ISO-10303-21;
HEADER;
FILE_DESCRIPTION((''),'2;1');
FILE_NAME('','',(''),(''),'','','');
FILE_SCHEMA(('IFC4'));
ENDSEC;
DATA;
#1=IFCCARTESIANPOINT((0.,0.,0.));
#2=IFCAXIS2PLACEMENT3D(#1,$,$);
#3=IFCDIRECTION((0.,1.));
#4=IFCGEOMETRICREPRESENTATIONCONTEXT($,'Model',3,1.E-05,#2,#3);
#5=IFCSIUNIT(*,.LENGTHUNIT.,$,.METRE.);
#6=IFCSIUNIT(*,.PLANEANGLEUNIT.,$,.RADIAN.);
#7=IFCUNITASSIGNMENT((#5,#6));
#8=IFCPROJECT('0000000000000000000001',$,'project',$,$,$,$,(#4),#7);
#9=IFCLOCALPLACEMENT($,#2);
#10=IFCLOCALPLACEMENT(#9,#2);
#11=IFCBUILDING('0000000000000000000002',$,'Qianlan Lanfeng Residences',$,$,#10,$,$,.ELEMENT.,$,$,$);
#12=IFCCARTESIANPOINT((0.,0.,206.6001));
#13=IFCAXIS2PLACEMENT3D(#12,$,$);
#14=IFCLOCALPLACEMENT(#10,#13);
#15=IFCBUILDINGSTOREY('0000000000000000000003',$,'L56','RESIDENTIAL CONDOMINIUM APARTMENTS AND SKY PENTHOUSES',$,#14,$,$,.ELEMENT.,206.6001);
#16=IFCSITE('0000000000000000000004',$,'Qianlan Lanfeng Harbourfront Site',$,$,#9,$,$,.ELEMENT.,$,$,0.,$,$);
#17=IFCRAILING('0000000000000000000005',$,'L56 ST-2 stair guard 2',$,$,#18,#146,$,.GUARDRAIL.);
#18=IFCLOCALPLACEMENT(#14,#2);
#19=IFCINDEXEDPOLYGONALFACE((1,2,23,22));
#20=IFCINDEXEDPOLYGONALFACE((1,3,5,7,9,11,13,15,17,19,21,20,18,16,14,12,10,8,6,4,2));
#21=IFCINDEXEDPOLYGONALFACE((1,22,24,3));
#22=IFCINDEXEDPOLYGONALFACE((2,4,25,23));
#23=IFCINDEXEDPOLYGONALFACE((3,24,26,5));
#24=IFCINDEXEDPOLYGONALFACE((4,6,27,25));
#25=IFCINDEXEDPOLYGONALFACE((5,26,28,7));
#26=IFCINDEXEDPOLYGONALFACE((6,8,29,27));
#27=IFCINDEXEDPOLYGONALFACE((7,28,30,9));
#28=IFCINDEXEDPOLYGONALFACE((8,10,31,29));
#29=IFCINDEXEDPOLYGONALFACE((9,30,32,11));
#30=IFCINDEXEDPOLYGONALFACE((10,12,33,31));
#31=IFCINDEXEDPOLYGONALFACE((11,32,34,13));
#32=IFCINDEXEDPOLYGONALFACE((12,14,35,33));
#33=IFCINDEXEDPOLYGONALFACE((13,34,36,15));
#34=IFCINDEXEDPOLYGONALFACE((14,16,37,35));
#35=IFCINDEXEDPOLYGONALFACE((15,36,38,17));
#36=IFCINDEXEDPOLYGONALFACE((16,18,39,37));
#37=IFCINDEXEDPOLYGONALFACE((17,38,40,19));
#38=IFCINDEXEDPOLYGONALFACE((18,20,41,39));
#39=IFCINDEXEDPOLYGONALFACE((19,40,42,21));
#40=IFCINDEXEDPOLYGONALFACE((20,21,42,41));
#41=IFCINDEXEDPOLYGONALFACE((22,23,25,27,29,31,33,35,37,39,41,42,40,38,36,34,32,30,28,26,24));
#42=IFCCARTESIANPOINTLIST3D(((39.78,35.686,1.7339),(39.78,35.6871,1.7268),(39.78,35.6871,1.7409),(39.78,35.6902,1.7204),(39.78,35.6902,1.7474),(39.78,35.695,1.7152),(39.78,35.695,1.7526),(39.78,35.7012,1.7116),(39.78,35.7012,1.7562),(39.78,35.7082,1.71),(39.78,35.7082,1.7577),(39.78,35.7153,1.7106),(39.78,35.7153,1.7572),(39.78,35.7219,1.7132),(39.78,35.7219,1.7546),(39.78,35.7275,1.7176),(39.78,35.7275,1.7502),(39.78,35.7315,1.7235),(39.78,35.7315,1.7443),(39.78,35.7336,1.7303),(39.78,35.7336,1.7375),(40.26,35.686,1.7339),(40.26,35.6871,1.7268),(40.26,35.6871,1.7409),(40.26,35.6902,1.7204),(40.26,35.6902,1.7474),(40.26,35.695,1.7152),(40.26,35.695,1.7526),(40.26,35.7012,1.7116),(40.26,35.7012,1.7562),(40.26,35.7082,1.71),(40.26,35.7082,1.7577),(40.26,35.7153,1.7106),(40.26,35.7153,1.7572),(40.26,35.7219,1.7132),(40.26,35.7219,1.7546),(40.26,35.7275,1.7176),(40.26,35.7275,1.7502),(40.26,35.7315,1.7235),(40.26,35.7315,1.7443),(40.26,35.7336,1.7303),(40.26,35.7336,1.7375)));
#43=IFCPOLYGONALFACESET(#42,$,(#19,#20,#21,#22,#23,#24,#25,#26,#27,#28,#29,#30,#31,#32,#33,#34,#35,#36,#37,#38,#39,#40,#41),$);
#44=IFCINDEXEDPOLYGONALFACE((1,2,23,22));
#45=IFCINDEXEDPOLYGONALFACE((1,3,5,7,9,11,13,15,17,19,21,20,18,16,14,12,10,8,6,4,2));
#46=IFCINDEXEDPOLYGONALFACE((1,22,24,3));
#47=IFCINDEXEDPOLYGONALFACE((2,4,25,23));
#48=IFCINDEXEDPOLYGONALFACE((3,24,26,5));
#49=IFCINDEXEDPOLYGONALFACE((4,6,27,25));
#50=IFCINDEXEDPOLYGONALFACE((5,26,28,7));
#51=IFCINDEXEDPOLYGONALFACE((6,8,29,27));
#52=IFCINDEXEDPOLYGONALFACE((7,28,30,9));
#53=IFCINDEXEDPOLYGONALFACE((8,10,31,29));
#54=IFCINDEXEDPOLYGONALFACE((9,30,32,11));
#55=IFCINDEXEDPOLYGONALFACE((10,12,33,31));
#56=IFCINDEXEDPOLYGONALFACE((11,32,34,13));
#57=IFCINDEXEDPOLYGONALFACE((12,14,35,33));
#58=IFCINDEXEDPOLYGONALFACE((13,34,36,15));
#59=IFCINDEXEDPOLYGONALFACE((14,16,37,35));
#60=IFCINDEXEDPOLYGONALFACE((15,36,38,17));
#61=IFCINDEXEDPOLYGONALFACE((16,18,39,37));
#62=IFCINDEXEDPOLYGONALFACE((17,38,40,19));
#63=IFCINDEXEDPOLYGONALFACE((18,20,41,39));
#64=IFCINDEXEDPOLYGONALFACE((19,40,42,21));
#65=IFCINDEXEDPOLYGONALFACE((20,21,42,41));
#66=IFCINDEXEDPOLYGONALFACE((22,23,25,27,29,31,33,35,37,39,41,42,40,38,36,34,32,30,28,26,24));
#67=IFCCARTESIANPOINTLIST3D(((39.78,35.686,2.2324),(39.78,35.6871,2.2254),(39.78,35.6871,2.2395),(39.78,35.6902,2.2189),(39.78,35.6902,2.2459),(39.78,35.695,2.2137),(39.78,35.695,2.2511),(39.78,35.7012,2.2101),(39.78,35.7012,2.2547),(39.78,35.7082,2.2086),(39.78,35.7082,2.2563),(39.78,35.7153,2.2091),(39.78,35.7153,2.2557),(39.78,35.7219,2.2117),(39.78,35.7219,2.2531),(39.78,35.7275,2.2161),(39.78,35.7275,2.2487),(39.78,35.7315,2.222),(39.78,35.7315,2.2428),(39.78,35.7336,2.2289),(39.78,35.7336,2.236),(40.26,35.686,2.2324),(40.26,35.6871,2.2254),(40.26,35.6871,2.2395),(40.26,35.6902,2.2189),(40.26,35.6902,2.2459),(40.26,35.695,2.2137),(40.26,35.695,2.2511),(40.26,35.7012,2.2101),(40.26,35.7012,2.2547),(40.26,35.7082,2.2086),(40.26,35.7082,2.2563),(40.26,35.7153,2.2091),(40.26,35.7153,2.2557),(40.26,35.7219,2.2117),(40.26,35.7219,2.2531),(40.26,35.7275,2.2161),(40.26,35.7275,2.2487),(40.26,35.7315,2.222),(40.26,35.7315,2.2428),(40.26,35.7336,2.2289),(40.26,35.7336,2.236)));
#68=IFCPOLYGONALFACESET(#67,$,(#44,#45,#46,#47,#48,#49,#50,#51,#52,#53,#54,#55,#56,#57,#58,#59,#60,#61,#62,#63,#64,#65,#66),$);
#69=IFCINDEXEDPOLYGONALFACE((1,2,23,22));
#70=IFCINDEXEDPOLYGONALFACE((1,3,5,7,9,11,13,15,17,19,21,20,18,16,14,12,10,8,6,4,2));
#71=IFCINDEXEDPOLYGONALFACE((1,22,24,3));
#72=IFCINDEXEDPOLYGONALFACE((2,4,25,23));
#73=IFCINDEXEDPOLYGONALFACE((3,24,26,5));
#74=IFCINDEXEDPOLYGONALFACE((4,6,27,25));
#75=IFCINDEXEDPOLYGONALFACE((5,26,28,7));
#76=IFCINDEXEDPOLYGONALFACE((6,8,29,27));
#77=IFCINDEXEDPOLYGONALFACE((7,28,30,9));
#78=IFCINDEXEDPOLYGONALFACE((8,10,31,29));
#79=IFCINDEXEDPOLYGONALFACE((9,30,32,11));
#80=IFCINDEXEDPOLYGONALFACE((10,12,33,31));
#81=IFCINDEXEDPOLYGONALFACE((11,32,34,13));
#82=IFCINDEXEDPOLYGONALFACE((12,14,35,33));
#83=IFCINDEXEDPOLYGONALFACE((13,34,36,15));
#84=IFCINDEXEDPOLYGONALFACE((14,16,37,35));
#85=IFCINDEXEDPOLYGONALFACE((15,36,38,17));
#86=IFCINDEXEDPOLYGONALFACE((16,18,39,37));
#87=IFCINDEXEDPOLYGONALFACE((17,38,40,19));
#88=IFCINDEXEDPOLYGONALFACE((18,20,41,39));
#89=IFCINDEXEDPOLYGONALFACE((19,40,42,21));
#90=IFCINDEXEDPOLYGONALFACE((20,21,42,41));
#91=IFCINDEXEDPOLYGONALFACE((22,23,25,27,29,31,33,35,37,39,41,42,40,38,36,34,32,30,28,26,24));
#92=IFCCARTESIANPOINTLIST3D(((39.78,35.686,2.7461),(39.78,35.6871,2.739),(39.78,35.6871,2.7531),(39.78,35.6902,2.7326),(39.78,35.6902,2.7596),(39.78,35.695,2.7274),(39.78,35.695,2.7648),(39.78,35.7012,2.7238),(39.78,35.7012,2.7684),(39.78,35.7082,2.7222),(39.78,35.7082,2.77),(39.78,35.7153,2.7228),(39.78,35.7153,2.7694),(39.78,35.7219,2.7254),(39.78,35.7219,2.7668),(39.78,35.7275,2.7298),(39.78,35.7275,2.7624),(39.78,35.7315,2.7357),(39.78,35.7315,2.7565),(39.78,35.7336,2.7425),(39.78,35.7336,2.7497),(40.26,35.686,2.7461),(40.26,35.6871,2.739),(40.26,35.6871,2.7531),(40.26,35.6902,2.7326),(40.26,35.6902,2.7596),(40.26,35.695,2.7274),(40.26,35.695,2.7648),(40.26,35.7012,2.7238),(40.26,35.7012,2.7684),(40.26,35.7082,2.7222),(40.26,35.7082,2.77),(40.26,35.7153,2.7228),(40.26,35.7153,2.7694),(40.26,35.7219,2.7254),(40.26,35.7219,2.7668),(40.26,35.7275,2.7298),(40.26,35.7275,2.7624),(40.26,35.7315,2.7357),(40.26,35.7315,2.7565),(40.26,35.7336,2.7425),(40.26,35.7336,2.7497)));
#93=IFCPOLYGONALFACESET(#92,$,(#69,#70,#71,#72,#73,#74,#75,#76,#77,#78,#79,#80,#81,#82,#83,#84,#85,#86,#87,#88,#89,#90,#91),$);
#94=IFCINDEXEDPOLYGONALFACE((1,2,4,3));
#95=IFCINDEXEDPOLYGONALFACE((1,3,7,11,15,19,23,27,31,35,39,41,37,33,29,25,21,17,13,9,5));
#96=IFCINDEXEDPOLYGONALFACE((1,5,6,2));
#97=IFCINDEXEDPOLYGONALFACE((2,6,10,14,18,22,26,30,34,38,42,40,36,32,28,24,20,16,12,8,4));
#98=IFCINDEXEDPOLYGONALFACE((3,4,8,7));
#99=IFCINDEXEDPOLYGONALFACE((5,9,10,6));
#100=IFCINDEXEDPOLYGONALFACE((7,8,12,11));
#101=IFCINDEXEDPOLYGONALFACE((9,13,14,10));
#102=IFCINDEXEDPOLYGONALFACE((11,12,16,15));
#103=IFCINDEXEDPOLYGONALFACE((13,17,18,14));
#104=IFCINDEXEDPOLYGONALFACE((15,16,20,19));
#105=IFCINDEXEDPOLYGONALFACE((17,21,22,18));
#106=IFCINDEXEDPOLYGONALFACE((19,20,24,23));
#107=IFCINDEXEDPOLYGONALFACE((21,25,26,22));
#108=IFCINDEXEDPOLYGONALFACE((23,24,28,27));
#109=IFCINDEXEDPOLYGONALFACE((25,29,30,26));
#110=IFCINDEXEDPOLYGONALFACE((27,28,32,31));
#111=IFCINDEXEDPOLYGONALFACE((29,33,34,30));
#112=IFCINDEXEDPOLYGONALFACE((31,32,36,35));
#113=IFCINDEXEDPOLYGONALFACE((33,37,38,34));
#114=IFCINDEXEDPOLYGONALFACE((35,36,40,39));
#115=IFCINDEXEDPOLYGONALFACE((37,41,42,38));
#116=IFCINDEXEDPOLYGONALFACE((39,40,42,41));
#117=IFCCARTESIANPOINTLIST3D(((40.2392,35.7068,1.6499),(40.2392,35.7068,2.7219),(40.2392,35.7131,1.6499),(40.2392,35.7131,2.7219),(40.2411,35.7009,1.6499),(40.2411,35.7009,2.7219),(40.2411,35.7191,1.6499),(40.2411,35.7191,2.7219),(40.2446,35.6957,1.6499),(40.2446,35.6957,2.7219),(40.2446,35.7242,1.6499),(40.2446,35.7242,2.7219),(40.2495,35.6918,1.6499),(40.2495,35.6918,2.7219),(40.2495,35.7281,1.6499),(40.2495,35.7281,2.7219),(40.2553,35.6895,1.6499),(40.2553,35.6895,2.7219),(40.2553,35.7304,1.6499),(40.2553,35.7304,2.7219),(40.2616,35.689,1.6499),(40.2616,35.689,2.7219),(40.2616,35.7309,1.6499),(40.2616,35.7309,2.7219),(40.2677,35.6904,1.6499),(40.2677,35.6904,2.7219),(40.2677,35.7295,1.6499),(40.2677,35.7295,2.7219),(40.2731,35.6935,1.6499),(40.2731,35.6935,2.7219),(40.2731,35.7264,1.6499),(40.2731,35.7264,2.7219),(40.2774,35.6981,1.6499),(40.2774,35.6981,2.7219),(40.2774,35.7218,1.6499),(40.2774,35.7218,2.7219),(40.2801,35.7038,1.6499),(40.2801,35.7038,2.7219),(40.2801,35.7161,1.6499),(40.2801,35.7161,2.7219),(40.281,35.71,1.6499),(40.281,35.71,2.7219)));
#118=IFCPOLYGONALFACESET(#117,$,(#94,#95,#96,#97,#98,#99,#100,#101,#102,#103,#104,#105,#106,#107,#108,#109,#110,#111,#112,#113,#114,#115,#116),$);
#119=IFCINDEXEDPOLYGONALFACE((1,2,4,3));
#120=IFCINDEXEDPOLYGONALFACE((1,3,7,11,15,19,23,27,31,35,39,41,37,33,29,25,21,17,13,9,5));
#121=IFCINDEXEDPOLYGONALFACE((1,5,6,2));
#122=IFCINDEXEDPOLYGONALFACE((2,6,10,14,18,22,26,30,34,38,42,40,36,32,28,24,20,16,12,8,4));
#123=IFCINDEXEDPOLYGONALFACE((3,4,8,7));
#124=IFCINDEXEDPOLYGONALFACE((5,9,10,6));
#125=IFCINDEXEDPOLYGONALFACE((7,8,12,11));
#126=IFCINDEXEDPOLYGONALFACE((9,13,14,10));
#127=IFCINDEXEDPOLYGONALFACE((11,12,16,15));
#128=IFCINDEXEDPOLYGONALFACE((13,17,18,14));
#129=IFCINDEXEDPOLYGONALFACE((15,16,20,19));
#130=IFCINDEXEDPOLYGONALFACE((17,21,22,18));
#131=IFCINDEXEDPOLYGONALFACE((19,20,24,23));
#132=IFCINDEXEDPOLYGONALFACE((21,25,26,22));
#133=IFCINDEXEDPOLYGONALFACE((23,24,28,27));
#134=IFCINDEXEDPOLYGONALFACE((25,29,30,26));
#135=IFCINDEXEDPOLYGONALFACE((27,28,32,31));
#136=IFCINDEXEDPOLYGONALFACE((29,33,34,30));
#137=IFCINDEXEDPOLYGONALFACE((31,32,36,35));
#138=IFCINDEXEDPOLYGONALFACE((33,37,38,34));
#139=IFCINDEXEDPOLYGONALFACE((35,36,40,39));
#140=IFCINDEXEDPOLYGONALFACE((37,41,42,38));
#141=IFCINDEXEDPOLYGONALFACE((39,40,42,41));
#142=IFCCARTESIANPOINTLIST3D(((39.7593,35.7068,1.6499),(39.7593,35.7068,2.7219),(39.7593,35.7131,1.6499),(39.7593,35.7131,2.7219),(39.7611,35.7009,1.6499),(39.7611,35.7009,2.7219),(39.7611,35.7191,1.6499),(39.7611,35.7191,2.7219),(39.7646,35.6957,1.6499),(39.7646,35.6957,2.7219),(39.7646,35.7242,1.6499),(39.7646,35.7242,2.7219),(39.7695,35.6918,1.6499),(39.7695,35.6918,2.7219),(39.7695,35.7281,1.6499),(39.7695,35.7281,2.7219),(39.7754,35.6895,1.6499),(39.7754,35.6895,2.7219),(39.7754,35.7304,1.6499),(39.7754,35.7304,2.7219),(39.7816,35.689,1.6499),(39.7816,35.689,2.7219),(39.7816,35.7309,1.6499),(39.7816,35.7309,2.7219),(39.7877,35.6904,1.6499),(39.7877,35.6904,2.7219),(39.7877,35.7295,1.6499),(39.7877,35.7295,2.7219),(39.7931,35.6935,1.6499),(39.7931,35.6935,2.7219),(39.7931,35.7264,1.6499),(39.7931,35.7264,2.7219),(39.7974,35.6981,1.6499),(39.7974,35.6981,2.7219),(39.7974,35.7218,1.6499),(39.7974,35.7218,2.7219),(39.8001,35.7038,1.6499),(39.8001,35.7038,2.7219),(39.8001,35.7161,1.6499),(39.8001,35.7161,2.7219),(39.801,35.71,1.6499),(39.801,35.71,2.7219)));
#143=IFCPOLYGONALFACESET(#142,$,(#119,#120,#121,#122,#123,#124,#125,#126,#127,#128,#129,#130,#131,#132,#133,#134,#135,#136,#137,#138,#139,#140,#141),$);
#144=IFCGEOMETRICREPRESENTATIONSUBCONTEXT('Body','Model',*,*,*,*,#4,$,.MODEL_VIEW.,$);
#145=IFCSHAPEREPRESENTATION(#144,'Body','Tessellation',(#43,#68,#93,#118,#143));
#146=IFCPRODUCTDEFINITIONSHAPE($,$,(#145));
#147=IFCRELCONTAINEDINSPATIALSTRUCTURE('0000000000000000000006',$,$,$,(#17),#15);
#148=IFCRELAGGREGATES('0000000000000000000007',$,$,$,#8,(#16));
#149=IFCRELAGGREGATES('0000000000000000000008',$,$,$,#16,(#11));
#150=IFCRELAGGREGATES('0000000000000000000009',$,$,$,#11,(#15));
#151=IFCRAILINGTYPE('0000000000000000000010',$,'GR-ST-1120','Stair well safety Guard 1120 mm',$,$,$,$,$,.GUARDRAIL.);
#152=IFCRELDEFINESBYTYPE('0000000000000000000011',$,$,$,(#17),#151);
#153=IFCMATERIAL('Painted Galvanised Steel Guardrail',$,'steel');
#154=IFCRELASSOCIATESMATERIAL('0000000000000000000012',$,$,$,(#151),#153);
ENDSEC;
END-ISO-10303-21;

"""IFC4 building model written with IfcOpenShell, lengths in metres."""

from ifc_helpers import new_model, si_unit, direction, frame, origin, origin_2d, place, context, subcontext, project, spatial, circle, extrude, material, type_object, element, save


model = new_model("IFC4")

# Units and contexts
model_context = context("Model", 3, precision=1e-05, world=origin(), true_north=direction((0.0, 1.0)))
body_context = subcontext(model_context, "Body", "Model", "MODEL_VIEW")
ifc_project = project(units=[si_unit("LENGTHUNIT", "METRE"), si_unit("PLANEANGLEUNIT", "RADIAN")], contexts=[model_context])

# Site, building, storey
site_placement = place(None, origin())
site = spatial("IfcSite", under=ifc_project, at=site_placement, Name="Qianlan Lanfeng Harbourfront Site", CompositionType="ELEMENT", RefElevation=0.0)
building_placement = place(site_placement, origin())
building = spatial("IfcBuilding", under=site, at=building_placement, Name="Qianlan Lanfeng Residences", CompositionType="ELEMENT")
storey_placement = place(building_placement, frame((0.0, 0.0, 206.6001)))
storey = spatial("IfcBuildingStorey", under=building, at=storey_placement, Name="L56", Description="RESIDENTIAL CONDOMINIUM APARTMENTS AND SKY PENTHOUSES", CompositionType="ELEMENT", Elevation=206.6001)

# Railing
ifc_material_1 = material(Name="Painted Galvanised Steel Guardrail", Category="steel")
railing_type_1 = type_object("IfcRailingType", Name="GR-ST-1120", Description="Stair well safety Guard 1120 mm", PredefinedType="GUARDRAIL", material=ifc_material_1)
railing_1_placement = place(storey_placement, frame((40.26, 35.71, 1.6499)))
element("IfcRailing", 1, at=railing_1_placement, inside=storey, type_object=railing_type_1, Name="L56 ST-2 stair guard 2", PredefinedType="GUARDRAIL", context=body_context, shape_type="SweptSolid", body=[
    extrude(circle(Radius=0.0239, at=origin_2d()), frame((0.0, 0.0, 0.084), z_axis=(-1.0, 0.0, 0.0), x_axis=(0.0, -1.0, 0.0)), (0.0, 0.0, 1.0), 0.48),
    extrude(circle(Radius=0.0239, at=origin_2d()), frame((0.0, 0.0, 0.5825), z_axis=(-1.0, 0.0, 0.0), x_axis=(0.0, -1.0, 0.0)), (0.0, 0.0, 1.0), 0.48),
    extrude(circle(Radius=0.0239, at=origin_2d()), frame((0.0, 0.0, 1.0962), z_axis=(-1.0, 0.0, 0.0), x_axis=(0.0, -1.0, 0.0)), (0.0, 0.0, 1.0), 0.48),
    extrude(circle(Radius=0.021, at=origin_2d()), origin(), (0.0, 0.0, 1.0), 1.072),
    extrude(circle(Radius=0.021, at=origin_2d()), frame((-0.48, 0.0, 0.0)), (0.0, 0.0, 1.0), 1.072),
])

save(model, "model.ifc")
